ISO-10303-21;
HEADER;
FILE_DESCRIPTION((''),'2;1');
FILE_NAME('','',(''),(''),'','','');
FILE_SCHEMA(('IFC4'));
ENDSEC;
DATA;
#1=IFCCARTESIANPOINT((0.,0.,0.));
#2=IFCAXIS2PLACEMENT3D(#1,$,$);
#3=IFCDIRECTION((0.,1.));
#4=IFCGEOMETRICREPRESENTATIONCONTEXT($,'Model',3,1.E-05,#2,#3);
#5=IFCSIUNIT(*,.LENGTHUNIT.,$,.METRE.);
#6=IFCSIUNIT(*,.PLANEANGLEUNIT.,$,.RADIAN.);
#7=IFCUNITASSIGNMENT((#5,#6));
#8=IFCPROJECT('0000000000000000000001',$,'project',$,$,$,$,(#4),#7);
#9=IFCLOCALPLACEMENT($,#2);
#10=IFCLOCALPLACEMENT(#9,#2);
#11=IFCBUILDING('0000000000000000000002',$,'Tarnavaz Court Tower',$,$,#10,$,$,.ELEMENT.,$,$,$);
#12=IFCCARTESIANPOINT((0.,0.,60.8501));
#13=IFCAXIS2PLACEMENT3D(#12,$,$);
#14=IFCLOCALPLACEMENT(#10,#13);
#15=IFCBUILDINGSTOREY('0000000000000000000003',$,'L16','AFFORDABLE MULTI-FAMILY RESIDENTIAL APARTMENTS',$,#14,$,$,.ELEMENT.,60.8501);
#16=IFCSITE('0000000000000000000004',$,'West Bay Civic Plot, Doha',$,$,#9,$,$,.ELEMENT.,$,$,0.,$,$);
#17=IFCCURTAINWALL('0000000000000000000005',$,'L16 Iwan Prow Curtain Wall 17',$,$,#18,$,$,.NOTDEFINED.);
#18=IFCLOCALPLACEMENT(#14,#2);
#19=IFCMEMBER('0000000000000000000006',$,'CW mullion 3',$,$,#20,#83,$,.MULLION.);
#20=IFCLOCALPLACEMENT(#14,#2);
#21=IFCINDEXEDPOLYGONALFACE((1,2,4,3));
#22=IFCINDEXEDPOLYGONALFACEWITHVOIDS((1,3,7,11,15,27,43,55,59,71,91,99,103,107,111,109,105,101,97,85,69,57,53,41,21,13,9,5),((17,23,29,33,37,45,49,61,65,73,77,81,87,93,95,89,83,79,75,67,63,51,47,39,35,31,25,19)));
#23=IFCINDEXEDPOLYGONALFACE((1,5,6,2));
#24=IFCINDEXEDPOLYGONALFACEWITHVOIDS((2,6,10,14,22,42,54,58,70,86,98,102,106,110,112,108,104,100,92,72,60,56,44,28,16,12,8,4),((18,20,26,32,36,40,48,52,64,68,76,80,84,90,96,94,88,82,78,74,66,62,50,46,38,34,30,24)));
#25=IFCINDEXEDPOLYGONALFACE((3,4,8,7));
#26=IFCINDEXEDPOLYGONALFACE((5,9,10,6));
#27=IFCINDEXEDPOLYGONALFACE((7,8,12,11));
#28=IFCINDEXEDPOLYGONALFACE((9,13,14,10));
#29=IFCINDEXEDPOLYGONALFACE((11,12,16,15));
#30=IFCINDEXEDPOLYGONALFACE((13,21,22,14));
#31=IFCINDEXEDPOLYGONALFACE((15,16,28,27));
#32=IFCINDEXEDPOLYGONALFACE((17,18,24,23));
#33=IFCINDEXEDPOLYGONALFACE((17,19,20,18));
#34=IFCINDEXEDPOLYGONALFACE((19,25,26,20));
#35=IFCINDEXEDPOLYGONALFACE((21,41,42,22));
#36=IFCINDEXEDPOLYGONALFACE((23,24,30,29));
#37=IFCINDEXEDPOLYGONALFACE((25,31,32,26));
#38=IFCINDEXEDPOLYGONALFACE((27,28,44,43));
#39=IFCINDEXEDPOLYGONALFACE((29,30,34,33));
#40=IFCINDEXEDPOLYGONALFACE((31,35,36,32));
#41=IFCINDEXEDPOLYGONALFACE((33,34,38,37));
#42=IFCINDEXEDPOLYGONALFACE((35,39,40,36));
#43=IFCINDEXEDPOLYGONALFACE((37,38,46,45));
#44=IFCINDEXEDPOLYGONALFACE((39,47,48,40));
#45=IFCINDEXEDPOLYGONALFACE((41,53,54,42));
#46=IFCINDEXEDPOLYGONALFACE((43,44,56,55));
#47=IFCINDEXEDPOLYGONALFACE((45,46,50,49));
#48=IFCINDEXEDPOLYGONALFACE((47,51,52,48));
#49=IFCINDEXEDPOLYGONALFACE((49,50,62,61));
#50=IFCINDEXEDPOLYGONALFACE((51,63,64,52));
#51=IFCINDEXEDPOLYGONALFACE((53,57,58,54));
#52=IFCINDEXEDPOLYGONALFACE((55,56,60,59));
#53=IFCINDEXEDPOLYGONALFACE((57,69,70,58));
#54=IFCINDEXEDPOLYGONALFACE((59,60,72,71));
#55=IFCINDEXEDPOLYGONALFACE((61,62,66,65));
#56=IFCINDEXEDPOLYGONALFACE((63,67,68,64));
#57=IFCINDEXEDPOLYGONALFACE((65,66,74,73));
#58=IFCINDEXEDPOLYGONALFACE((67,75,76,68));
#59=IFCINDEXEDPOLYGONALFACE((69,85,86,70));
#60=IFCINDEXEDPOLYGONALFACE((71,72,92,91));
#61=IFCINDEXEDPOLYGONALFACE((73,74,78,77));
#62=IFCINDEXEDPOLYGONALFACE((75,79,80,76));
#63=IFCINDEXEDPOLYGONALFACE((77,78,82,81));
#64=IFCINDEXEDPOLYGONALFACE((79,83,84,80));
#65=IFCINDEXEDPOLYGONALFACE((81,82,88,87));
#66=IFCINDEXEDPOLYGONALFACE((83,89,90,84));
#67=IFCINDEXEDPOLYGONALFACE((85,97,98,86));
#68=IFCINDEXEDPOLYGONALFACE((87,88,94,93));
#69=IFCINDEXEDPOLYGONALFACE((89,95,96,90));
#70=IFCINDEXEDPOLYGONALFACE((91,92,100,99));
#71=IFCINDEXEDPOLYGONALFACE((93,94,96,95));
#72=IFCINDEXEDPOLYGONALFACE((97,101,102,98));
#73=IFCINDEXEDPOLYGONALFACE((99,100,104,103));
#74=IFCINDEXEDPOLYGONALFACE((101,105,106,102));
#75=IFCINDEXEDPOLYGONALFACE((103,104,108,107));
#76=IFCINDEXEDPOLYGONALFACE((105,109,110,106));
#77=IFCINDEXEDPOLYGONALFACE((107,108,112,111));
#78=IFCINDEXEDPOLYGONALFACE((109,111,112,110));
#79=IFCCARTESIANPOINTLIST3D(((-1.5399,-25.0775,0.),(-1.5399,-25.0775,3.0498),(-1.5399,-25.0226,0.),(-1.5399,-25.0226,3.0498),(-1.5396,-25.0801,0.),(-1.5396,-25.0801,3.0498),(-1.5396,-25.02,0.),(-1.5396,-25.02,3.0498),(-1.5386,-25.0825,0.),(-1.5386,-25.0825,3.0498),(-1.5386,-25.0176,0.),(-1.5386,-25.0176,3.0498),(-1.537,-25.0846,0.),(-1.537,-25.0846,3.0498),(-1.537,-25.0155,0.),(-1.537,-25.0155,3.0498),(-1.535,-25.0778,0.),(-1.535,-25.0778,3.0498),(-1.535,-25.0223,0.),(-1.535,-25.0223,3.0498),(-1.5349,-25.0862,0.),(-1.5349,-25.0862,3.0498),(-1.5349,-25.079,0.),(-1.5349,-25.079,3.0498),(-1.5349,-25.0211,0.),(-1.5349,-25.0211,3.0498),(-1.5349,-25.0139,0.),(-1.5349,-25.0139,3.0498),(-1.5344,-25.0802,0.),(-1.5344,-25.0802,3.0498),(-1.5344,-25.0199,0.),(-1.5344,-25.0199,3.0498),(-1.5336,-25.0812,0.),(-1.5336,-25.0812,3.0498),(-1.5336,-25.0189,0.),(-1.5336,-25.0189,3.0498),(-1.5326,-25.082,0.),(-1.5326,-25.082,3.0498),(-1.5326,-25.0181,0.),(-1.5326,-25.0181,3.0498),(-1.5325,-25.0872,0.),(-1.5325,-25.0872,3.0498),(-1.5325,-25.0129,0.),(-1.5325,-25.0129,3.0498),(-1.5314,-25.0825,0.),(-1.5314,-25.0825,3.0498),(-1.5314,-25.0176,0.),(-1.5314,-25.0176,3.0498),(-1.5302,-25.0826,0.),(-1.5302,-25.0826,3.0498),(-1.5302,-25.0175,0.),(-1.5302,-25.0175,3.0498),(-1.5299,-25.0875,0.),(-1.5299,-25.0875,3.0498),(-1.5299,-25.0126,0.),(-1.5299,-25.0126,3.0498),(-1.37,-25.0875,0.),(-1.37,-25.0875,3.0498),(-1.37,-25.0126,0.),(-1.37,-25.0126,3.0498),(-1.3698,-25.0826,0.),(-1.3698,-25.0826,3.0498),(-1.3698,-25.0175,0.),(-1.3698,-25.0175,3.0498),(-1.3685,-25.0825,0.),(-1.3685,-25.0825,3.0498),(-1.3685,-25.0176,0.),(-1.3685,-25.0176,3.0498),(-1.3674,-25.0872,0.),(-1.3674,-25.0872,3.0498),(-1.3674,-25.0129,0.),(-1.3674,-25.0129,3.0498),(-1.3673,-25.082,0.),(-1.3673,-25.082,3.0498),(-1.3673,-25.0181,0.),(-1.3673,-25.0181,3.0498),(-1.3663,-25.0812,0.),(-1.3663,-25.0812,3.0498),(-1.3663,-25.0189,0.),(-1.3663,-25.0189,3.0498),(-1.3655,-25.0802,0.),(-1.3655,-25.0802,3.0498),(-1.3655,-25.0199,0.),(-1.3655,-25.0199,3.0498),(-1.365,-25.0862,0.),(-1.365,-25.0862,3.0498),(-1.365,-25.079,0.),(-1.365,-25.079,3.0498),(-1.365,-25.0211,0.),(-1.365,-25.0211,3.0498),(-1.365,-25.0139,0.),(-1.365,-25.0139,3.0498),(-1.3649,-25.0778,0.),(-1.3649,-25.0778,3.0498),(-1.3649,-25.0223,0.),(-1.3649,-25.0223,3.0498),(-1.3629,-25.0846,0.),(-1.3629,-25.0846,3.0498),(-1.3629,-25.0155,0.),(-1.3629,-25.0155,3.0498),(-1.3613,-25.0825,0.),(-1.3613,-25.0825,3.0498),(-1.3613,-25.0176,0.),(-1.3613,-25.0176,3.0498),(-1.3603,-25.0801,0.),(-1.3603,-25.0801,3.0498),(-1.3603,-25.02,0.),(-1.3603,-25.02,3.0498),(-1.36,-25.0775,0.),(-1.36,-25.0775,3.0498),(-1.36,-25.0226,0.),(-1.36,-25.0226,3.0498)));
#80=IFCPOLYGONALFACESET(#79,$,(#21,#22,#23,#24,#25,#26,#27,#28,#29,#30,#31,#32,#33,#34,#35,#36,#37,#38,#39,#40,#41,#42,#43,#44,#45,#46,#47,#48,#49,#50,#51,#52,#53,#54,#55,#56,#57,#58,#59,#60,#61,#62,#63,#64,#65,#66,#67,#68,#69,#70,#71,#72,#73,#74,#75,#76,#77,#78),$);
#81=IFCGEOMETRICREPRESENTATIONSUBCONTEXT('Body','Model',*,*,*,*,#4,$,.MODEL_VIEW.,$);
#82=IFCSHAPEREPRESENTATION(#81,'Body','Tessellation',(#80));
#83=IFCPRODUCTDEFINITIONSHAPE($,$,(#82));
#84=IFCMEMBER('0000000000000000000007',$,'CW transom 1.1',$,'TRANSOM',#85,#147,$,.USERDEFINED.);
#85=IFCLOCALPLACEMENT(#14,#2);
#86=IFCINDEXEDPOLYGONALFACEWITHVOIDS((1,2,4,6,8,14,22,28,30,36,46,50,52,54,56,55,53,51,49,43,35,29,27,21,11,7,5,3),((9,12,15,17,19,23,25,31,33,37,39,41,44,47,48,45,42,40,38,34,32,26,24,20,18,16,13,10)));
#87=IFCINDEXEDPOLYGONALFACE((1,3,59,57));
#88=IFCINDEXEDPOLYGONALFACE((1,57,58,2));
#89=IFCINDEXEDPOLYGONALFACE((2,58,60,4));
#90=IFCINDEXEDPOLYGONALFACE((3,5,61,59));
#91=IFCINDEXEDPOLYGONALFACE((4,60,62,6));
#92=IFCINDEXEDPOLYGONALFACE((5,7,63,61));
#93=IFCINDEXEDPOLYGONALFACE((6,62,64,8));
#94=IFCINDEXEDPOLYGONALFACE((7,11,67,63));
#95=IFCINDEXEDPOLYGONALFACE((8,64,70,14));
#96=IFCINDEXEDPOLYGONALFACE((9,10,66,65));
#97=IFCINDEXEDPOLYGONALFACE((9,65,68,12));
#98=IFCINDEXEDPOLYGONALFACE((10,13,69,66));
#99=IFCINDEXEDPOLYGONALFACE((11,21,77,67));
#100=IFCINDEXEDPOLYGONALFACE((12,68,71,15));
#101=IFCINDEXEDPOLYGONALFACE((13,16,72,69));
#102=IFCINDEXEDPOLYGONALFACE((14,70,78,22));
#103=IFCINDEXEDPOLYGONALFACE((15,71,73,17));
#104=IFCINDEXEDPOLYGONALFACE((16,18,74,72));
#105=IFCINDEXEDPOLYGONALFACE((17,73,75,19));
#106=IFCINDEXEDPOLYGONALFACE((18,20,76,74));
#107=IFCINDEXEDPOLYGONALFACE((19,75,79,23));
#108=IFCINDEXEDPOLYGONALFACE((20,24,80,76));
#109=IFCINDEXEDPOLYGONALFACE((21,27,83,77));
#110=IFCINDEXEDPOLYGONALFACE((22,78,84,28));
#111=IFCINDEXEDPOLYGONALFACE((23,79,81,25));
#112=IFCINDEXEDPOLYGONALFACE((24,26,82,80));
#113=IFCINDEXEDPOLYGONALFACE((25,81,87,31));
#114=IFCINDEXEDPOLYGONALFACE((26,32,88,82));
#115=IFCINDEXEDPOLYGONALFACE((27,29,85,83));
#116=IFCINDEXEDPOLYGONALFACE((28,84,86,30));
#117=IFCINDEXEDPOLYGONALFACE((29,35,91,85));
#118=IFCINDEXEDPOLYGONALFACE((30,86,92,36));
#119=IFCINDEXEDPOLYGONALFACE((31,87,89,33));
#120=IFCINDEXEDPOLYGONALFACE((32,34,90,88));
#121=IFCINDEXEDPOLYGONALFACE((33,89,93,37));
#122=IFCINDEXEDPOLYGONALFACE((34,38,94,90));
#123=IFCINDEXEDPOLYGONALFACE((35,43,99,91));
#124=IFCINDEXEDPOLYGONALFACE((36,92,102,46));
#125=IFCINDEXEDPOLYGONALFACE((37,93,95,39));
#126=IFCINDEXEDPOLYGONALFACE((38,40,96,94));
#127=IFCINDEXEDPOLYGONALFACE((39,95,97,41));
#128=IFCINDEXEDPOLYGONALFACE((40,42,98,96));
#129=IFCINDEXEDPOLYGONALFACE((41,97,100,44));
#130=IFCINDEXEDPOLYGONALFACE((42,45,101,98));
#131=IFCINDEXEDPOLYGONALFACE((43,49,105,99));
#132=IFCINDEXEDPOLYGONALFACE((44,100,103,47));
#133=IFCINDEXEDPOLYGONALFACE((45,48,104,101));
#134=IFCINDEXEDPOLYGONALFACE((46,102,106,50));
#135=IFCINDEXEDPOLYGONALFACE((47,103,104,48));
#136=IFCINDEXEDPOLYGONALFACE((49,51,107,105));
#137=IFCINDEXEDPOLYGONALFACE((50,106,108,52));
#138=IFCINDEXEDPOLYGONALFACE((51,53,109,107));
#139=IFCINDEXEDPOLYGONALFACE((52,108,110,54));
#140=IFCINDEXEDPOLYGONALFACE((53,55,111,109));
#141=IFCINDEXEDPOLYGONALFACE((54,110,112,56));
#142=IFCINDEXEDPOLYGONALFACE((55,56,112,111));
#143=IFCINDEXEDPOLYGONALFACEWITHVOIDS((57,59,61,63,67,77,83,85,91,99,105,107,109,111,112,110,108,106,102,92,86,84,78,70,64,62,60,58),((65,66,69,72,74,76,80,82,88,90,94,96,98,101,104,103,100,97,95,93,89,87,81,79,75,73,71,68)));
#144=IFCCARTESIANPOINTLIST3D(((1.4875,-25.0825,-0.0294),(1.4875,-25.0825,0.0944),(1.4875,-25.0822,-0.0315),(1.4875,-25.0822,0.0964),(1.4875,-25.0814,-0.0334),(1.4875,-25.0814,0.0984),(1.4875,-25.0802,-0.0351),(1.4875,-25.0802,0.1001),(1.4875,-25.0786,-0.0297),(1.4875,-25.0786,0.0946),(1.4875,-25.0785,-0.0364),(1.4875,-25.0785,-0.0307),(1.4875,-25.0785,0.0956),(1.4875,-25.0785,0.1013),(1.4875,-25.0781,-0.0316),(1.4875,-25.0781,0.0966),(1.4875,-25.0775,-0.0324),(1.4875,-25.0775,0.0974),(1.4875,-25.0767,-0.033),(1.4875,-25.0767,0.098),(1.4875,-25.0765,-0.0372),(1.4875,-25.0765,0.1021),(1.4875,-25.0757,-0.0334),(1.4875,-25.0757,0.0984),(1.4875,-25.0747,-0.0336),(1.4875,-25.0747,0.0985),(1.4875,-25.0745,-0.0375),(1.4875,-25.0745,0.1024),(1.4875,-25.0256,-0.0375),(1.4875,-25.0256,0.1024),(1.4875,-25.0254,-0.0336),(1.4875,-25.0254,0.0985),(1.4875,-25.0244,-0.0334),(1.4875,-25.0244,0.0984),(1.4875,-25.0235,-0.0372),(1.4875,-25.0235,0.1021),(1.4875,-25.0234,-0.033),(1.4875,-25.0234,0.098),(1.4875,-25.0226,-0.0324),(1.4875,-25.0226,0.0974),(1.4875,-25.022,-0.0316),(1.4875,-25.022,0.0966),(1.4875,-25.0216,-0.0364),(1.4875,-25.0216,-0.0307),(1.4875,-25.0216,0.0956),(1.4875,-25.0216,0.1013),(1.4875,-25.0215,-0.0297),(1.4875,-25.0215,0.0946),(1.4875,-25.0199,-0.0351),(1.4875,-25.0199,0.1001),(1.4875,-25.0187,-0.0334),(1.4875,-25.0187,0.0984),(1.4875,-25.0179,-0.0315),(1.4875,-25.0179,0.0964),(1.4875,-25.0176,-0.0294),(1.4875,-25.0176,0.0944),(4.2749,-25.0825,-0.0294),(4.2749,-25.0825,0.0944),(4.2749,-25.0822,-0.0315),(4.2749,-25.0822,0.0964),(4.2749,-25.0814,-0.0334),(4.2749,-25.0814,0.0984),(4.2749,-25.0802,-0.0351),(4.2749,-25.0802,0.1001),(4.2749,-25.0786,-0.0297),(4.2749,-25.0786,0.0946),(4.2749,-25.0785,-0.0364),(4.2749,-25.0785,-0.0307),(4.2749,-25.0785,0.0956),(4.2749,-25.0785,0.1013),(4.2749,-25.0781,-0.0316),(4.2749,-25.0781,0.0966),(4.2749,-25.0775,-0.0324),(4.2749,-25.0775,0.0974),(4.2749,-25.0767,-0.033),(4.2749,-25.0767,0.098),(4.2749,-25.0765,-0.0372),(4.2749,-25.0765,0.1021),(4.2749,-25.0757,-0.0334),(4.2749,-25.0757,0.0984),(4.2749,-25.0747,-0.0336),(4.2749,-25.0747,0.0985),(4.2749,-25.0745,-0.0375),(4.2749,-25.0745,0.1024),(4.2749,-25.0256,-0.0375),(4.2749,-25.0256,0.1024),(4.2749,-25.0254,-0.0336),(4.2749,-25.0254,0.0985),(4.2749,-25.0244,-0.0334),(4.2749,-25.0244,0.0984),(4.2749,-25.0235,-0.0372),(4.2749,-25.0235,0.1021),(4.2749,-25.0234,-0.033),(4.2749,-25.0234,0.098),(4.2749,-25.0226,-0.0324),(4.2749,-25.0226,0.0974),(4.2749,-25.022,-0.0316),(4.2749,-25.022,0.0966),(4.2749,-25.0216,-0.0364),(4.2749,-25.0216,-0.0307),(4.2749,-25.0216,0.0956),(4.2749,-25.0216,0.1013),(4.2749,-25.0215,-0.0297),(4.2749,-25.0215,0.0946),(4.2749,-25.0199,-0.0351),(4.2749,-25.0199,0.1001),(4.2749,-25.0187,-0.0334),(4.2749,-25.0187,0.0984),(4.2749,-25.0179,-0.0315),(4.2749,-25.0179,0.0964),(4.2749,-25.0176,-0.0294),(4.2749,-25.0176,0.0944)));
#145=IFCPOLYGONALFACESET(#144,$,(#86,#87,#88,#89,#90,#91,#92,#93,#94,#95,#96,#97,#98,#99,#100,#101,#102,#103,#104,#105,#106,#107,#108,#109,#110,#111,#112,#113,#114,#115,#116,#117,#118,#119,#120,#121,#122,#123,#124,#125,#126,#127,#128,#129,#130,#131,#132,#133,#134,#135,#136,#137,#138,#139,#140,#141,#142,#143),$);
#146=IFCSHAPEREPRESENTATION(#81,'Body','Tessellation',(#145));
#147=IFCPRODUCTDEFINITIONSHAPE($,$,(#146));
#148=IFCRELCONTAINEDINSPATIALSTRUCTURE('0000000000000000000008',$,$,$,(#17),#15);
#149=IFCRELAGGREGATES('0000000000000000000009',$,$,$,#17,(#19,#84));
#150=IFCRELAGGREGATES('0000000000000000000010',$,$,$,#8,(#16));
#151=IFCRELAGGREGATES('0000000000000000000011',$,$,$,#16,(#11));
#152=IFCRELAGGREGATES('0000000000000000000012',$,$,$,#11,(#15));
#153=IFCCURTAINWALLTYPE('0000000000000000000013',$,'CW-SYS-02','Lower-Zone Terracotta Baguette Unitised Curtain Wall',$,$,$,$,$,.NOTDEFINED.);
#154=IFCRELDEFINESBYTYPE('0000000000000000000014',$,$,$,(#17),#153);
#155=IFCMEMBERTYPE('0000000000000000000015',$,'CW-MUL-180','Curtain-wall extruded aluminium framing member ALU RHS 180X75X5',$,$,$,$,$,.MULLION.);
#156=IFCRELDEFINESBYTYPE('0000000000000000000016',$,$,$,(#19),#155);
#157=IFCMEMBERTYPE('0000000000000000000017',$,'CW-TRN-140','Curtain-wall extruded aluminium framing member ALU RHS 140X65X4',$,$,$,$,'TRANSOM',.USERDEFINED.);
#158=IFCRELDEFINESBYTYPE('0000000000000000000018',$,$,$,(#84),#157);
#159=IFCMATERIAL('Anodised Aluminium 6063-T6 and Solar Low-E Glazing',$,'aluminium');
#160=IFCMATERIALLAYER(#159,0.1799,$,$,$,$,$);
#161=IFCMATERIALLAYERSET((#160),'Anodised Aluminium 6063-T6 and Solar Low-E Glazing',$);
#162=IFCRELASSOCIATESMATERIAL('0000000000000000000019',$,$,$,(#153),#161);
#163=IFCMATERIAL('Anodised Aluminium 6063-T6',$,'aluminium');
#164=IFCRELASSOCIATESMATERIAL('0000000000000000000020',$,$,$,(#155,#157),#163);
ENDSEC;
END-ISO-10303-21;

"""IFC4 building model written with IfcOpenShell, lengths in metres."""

from ifc_helpers import new_model, si_unit, direction, frame, origin, origin_2d, place, context, subcontext, project, spatial, hollow_rectangle, extrude, material, layer, layer_set, material_profile, profile_set, type_object, element, aggregate, save


model = new_model("IFC4")

# Units and contexts
model_context = context("Model", 3, precision=1e-05, world=origin(), true_north=direction((0.0, 1.0)))
body_context = subcontext(model_context, "Body", "Model", "MODEL_VIEW")
ifc_project = project(units=[si_unit("LENGTHUNIT", "METRE"), si_unit("PLANEANGLEUNIT", "RADIAN")], contexts=[model_context])

# Site, building, storey
site_placement = place(None, origin())
site = spatial("IfcSite", under=ifc_project, at=site_placement, Name="West Bay Civic Plot, Doha", CompositionType="ELEMENT", RefElevation=0.0)
building_placement = place(site_placement, origin())
building = spatial("IfcBuilding", under=site, at=building_placement, Name="Tarnavaz Court Tower", CompositionType="ELEMENT")
storey_placement = place(building_placement, frame((0.0, 0.0, 60.8501)))
storey = spatial("IfcBuildingStorey", under=building, at=storey_placement, Name="L16", Description="AFFORDABLE MULTI-FAMILY RESIDENTIAL APARTMENTS", CompositionType="ELEMENT", Elevation=60.8501)

# Curtain wall, members
ifc_material_1 = material(Name="Anodised Aluminium 6063-T6 and Solar Low-E Glazing", Category="aluminium")
ifc_layer_1 = layer(ifc_material_1, 0.1799)
ifc_layer_set_1 = layer_set([ifc_layer_1], Name="Anodised Aluminium 6063-T6 and Solar Low-E Glazing")
curtain_wall_type = type_object("IfcCurtainWallType", Name="CW-SYS-02", Description="Lower-Zone Terracotta Baguette Unitised Curtain Wall", PredefinedType="NOTDEFINED", material=ifc_layer_set_1)
curtain_wall_placement = place(storey_placement, origin())
curtain_wall = element("IfcCurtainWall", 1, at=curtain_wall_placement, inside=storey, type_object=curtain_wall_type, Name="L16 Iwan Prow Curtain Wall 17", PredefinedType="NOTDEFINED")
ifc_material_2 = material(Name="Anodised Aluminium 6063-T6", Category="aluminium")
ifc_material_profile_1 = material_profile(ifc_material_2, hollow_rectangle(XDim=0.075, YDim=0.1799, WallThickness=0.0049, InnerFilletRadius=0.0049, OuterFilletRadius=0.01, at=origin_2d()), Name="ALU RHS 180X75X5")
ifc_profile_set_1 = profile_set([ifc_material_profile_1], Name="Anodised Aluminium 6063-T6")
member_type_1 = type_object("IfcMemberType", Name="CW-MUL-180", Description="Curtain-wall extruded aluminium framing member ALU RHS 180X75X5", PredefinedType="MULLION", material=ifc_profile_set_1)
member_1_placement = place(storey_placement, frame((-1.45, -25.05, 0.0), z_axis=(0.0, 0.0, 1.0), x_axis=(0.0, -1.0, 0.0)))
member_1 = element("IfcMember", 2, at=member_1_placement, type_object=member_type_1, Name="CW mullion 3", PredefinedType="MULLION", context=body_context, shape_type="SweptSolid", body=[
    extrude(hollow_rectangle(XDim=0.075, YDim=0.1799, WallThickness=0.0049, InnerFilletRadius=0.0049, OuterFilletRadius=0.01, at=origin_2d()), origin(), (0.0, 0.0, 1.0), 3.0498),
])
ifc_material_profile_2 = material_profile(ifc_material_2, hollow_rectangle(XDim=0.0649, YDim=0.1399, WallThickness=0.0039, InnerFilletRadius=0.0039, OuterFilletRadius=0.0081, at=origin_2d()), Name="ALU RHS 140X65X4")
ifc_profile_set_2 = profile_set([ifc_material_profile_2], Name="Anodised Aluminium 6063-T6")
member_type_2 = type_object("IfcMemberType", Name="CW-TRN-140", Description="Curtain-wall extruded aluminium framing member ALU RHS 140X65X4", ElementType="TRANSOM", PredefinedType="USERDEFINED", material=ifc_profile_set_2)
member_2_placement = place(storey_placement, frame((4.2749, -25.05, 0.0325), z_axis=(-1.0, 0.0, 0.0), x_axis=(0.0, -1.0, 0.0)))
member_2 = element("IfcMember", 3, at=member_2_placement, type_object=member_type_2, Name="CW transom 1.1", ObjectType="TRANSOM", PredefinedType="USERDEFINED", context=body_context, shape_type="SweptSolid", body=[
    extrude(hollow_rectangle(XDim=0.0649, YDim=0.1399, WallThickness=0.0039, InnerFilletRadius=0.0039, OuterFilletRadius=0.0081, at=origin_2d()), origin(), (0.0, 0.0, 1.0), 2.7874),
])
aggregate(curtain_wall, [member_1, member_2])

save(model, "model.ifc")
